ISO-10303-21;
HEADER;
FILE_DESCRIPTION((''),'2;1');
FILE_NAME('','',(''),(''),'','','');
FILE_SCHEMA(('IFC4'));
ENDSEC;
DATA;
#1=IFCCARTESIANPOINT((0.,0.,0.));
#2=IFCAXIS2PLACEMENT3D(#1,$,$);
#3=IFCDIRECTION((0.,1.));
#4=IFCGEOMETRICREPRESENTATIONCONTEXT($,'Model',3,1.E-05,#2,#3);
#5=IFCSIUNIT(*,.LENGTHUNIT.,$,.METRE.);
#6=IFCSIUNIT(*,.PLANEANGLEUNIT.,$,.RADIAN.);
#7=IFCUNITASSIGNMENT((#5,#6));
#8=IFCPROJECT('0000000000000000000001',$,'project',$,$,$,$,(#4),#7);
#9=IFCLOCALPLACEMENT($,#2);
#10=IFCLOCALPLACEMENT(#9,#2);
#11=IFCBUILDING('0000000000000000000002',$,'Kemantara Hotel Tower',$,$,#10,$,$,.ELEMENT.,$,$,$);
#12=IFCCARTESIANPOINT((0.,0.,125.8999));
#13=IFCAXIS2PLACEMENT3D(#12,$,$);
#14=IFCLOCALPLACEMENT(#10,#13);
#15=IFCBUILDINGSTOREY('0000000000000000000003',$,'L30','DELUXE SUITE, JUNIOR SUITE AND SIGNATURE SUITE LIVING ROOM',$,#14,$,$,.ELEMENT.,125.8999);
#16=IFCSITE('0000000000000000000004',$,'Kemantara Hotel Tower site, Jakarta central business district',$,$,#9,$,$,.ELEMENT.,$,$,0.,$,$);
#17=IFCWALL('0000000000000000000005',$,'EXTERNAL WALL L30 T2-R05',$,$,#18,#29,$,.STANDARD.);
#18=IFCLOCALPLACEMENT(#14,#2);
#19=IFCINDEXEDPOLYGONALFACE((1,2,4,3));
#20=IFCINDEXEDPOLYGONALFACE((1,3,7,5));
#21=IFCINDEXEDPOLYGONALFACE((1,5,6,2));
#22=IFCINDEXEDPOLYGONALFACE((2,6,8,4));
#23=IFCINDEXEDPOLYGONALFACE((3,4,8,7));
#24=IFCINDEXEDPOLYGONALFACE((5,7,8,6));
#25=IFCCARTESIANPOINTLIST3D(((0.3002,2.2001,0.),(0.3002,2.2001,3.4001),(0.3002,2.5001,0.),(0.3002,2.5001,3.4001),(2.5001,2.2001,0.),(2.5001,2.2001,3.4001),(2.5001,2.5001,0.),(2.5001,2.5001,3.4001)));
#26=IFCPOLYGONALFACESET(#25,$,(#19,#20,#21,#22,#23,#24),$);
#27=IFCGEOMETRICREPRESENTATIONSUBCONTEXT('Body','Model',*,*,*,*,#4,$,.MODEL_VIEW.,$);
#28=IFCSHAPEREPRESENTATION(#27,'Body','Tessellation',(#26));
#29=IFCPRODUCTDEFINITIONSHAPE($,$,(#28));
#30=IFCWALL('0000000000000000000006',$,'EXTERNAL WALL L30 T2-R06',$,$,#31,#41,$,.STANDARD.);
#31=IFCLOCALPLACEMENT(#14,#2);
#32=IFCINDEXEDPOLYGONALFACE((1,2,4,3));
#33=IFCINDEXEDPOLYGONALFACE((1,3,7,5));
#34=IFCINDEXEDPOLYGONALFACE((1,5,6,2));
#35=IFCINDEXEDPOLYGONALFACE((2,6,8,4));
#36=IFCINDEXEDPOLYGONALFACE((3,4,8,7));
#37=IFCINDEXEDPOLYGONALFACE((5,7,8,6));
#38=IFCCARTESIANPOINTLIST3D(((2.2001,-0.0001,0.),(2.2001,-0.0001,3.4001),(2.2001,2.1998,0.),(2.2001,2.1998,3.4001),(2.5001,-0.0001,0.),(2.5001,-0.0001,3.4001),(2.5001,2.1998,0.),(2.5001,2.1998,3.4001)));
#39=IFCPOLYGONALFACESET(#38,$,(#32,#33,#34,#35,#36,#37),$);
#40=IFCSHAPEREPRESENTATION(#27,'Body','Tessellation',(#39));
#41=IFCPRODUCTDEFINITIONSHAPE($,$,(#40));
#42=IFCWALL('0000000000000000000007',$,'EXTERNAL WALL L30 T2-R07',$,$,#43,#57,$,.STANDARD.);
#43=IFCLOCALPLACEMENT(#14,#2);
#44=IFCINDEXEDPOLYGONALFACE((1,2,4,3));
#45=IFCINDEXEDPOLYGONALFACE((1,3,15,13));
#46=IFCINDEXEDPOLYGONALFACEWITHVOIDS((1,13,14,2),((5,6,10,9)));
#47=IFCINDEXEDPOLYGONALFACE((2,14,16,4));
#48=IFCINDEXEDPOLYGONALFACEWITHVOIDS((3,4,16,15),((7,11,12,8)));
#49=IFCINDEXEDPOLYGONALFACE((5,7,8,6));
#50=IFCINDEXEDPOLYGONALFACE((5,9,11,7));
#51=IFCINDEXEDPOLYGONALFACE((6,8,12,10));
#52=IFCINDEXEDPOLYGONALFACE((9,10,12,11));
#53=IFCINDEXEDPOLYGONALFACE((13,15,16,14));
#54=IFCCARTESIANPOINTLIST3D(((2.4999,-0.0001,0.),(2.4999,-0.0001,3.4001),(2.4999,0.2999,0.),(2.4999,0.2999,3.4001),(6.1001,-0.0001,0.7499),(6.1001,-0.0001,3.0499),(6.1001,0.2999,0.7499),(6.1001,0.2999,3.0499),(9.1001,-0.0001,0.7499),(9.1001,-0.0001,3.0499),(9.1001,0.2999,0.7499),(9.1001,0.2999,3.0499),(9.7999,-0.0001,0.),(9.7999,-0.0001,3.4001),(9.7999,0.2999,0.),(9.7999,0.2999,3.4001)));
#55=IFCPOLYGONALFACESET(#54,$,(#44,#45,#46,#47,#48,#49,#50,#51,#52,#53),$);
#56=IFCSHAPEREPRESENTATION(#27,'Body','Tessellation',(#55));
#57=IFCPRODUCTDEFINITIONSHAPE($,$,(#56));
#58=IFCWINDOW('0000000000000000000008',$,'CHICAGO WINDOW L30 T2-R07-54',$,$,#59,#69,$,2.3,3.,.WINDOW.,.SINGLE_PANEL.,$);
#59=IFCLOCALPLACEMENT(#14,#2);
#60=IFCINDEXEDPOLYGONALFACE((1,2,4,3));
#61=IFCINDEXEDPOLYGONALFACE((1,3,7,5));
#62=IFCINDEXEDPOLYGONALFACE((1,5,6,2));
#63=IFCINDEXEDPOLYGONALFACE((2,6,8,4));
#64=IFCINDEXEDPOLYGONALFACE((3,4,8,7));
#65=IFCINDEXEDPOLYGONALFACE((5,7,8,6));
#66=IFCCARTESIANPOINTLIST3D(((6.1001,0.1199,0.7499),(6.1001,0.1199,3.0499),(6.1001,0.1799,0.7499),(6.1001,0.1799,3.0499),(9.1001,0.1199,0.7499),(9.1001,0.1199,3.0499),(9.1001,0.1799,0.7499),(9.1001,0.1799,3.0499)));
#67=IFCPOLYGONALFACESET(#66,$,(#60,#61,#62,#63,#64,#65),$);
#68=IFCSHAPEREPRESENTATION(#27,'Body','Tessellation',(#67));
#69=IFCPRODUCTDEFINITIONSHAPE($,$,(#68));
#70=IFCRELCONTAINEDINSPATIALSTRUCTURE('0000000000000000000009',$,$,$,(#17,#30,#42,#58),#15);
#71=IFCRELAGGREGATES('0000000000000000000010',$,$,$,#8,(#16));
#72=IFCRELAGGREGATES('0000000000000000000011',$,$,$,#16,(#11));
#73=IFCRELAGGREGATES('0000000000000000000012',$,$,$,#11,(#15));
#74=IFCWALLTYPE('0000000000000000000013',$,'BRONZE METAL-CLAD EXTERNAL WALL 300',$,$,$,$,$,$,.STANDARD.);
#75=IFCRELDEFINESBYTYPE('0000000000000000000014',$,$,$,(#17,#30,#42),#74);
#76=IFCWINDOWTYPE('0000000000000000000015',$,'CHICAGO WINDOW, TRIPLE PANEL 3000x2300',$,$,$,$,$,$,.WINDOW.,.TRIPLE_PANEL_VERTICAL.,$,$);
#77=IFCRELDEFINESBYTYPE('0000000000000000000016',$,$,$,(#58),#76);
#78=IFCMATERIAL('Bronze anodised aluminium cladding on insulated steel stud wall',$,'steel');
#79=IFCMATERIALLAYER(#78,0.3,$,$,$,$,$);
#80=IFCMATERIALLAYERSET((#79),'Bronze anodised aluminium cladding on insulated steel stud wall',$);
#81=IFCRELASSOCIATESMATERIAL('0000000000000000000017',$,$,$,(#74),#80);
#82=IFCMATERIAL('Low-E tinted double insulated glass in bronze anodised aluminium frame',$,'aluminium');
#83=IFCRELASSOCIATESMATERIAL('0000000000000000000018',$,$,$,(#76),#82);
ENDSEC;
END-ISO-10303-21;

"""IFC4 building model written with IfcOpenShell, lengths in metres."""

from ifc_helpers import new_model, si_unit, direction, frame, frame_2d, origin, place, context, subcontext, project, spatial, rectangle, extrude, material, layer, layer_set, type_object, element, fill, save


model = new_model("IFC4")

# Units and contexts
model_context = context("Model", 3, precision=1e-05, world=origin(), true_north=direction((0.0, 1.0)))
body_context = subcontext(model_context, "Body", "Model", "MODEL_VIEW")
ifc_project = project(units=[si_unit("LENGTHUNIT", "METRE"), si_unit("PLANEANGLEUNIT", "RADIAN")], contexts=[model_context])

# Site, building, storey
site_placement = place(None, origin())
site = spatial("IfcSite", under=ifc_project, at=site_placement, Name="Kemantara Hotel Tower site, Jakarta central business district", CompositionType="ELEMENT", RefElevation=0.0)
building_placement = place(site_placement, origin())
building = spatial("IfcBuilding", under=site, at=building_placement, Name="Kemantara Hotel Tower", CompositionType="ELEMENT")
storey_placement = place(building_placement, frame((0.0, 0.0, 125.8999)))
storey = spatial("IfcBuildingStorey", under=building, at=storey_placement, Name="L30", Description="DELUXE SUITE, JUNIOR SUITE AND SIGNATURE SUITE LIVING ROOM", CompositionType="ELEMENT", Elevation=125.8999)

# Walls
ifc_material_1 = material(Name="Bronze anodised aluminium cladding on insulated steel stud wall", Category="steel")
ifc_layer_1 = layer(ifc_material_1, 0.3)
ifc_layer_set_1 = layer_set([ifc_layer_1], Name="Bronze anodised aluminium cladding on insulated steel stud wall")
wall_type = type_object("IfcWallType", Name="BRONZE METAL-CLAD EXTERNAL WALL 300", PredefinedType="STANDARD", material=ifc_layer_set_1)
for number, where, z_axis, x_axis, name in (
    (1, (0.3, 2.3501, 0.0), (0.0, 0.0, 1.0), (1.0, 0.0, 0.0), "EXTERNAL WALL L30 T2-R05"),
    (2, (2.3501, 2.2, 0.0), (0.0, 0.0, 1.0), (0.0, -1.0, 0.0), "EXTERNAL WALL L30 T2-R06"),
):
    element("IfcWall", number, at=place(storey_placement, frame(where, z_axis=z_axis, x_axis=x_axis)), inside=storey, type_object=wall_type, Name=name, PredefinedType="STANDARD", context=body_context, shape_type="SweptSolid", body=[
        extrude(rectangle(XDim=2.2, YDim=0.3, at=frame_2d((1.1001, 0.0))), origin(), (0.0, 0.0, 1.0), 3.4001),
    ])

# Wall, opening, window
wall_placement = place(storey_placement, frame((2.5, 0.1499, 0.0), z_axis=(0.0, 0.0, 1.0), x_axis=(1.0, 0.0, 0.0)))
wall = element("IfcWall", 3, at=wall_placement, inside=storey, type_object=wall_type, Name="EXTERNAL WALL L30 T2-R07", PredefinedType="STANDARD", context=body_context, shape_type="SweptSolid", body=[
    extrude(rectangle(XDim=7.3, YDim=0.3, at=frame_2d((3.6499, 0.0))), origin(), (0.0, 0.0, 1.0), 3.4001),
])
opening_placement = place(wall_placement, frame((3.6001, 0.0, 0.75)))
opening = element("IfcOpeningElement", 4, at=opening_placement, cuts=wall, PredefinedType="OPENING", context=body_context, shape_type="SweptSolid", body=[
    extrude(rectangle(XDim=3.0, YDim=2.3, at=frame_2d((1.5, 1.1499))), frame((0.0, 0.1599, 0.0), z_axis=(0.0, -1.0, 0.0), x_axis=(1.0, 0.0, 0.0)), (0.0, 0.0, 1.0), 0.3201),
])
ifc_material_2 = material(Name="Low-E tinted double insulated glass in bronze anodised aluminium frame", Category="aluminium")
window_type = type_object("IfcWindowType", Name="CHICAGO WINDOW, TRIPLE PANEL 3000x2300", PartitioningType="TRIPLE_PANEL_VERTICAL", PredefinedType="WINDOW", material=ifc_material_2)
window_placement = place(opening_placement, origin())
window = element("IfcWindow", 5, at=window_placement, inside=storey, type_object=window_type, Name="CHICAGO WINDOW L30 T2-R07-54", OverallHeight=2.3, OverallWidth=3.0, PartitioningType="SINGLE_PANEL", PredefinedType="WINDOW", context=body_context, shape_type="SweptSolid", body=[
    extrude(rectangle(XDim=3.0, YDim=2.3, at=frame_2d((1.5, 1.1499))), frame((0.0, 0.03, 0.0), z_axis=(0.0, -1.0, 0.0), x_axis=(1.0, 0.0, 0.0)), (0.0, 0.0, 1.0), 0.0601),
])
fill(opening, window)

save(model, "model.ifc")
